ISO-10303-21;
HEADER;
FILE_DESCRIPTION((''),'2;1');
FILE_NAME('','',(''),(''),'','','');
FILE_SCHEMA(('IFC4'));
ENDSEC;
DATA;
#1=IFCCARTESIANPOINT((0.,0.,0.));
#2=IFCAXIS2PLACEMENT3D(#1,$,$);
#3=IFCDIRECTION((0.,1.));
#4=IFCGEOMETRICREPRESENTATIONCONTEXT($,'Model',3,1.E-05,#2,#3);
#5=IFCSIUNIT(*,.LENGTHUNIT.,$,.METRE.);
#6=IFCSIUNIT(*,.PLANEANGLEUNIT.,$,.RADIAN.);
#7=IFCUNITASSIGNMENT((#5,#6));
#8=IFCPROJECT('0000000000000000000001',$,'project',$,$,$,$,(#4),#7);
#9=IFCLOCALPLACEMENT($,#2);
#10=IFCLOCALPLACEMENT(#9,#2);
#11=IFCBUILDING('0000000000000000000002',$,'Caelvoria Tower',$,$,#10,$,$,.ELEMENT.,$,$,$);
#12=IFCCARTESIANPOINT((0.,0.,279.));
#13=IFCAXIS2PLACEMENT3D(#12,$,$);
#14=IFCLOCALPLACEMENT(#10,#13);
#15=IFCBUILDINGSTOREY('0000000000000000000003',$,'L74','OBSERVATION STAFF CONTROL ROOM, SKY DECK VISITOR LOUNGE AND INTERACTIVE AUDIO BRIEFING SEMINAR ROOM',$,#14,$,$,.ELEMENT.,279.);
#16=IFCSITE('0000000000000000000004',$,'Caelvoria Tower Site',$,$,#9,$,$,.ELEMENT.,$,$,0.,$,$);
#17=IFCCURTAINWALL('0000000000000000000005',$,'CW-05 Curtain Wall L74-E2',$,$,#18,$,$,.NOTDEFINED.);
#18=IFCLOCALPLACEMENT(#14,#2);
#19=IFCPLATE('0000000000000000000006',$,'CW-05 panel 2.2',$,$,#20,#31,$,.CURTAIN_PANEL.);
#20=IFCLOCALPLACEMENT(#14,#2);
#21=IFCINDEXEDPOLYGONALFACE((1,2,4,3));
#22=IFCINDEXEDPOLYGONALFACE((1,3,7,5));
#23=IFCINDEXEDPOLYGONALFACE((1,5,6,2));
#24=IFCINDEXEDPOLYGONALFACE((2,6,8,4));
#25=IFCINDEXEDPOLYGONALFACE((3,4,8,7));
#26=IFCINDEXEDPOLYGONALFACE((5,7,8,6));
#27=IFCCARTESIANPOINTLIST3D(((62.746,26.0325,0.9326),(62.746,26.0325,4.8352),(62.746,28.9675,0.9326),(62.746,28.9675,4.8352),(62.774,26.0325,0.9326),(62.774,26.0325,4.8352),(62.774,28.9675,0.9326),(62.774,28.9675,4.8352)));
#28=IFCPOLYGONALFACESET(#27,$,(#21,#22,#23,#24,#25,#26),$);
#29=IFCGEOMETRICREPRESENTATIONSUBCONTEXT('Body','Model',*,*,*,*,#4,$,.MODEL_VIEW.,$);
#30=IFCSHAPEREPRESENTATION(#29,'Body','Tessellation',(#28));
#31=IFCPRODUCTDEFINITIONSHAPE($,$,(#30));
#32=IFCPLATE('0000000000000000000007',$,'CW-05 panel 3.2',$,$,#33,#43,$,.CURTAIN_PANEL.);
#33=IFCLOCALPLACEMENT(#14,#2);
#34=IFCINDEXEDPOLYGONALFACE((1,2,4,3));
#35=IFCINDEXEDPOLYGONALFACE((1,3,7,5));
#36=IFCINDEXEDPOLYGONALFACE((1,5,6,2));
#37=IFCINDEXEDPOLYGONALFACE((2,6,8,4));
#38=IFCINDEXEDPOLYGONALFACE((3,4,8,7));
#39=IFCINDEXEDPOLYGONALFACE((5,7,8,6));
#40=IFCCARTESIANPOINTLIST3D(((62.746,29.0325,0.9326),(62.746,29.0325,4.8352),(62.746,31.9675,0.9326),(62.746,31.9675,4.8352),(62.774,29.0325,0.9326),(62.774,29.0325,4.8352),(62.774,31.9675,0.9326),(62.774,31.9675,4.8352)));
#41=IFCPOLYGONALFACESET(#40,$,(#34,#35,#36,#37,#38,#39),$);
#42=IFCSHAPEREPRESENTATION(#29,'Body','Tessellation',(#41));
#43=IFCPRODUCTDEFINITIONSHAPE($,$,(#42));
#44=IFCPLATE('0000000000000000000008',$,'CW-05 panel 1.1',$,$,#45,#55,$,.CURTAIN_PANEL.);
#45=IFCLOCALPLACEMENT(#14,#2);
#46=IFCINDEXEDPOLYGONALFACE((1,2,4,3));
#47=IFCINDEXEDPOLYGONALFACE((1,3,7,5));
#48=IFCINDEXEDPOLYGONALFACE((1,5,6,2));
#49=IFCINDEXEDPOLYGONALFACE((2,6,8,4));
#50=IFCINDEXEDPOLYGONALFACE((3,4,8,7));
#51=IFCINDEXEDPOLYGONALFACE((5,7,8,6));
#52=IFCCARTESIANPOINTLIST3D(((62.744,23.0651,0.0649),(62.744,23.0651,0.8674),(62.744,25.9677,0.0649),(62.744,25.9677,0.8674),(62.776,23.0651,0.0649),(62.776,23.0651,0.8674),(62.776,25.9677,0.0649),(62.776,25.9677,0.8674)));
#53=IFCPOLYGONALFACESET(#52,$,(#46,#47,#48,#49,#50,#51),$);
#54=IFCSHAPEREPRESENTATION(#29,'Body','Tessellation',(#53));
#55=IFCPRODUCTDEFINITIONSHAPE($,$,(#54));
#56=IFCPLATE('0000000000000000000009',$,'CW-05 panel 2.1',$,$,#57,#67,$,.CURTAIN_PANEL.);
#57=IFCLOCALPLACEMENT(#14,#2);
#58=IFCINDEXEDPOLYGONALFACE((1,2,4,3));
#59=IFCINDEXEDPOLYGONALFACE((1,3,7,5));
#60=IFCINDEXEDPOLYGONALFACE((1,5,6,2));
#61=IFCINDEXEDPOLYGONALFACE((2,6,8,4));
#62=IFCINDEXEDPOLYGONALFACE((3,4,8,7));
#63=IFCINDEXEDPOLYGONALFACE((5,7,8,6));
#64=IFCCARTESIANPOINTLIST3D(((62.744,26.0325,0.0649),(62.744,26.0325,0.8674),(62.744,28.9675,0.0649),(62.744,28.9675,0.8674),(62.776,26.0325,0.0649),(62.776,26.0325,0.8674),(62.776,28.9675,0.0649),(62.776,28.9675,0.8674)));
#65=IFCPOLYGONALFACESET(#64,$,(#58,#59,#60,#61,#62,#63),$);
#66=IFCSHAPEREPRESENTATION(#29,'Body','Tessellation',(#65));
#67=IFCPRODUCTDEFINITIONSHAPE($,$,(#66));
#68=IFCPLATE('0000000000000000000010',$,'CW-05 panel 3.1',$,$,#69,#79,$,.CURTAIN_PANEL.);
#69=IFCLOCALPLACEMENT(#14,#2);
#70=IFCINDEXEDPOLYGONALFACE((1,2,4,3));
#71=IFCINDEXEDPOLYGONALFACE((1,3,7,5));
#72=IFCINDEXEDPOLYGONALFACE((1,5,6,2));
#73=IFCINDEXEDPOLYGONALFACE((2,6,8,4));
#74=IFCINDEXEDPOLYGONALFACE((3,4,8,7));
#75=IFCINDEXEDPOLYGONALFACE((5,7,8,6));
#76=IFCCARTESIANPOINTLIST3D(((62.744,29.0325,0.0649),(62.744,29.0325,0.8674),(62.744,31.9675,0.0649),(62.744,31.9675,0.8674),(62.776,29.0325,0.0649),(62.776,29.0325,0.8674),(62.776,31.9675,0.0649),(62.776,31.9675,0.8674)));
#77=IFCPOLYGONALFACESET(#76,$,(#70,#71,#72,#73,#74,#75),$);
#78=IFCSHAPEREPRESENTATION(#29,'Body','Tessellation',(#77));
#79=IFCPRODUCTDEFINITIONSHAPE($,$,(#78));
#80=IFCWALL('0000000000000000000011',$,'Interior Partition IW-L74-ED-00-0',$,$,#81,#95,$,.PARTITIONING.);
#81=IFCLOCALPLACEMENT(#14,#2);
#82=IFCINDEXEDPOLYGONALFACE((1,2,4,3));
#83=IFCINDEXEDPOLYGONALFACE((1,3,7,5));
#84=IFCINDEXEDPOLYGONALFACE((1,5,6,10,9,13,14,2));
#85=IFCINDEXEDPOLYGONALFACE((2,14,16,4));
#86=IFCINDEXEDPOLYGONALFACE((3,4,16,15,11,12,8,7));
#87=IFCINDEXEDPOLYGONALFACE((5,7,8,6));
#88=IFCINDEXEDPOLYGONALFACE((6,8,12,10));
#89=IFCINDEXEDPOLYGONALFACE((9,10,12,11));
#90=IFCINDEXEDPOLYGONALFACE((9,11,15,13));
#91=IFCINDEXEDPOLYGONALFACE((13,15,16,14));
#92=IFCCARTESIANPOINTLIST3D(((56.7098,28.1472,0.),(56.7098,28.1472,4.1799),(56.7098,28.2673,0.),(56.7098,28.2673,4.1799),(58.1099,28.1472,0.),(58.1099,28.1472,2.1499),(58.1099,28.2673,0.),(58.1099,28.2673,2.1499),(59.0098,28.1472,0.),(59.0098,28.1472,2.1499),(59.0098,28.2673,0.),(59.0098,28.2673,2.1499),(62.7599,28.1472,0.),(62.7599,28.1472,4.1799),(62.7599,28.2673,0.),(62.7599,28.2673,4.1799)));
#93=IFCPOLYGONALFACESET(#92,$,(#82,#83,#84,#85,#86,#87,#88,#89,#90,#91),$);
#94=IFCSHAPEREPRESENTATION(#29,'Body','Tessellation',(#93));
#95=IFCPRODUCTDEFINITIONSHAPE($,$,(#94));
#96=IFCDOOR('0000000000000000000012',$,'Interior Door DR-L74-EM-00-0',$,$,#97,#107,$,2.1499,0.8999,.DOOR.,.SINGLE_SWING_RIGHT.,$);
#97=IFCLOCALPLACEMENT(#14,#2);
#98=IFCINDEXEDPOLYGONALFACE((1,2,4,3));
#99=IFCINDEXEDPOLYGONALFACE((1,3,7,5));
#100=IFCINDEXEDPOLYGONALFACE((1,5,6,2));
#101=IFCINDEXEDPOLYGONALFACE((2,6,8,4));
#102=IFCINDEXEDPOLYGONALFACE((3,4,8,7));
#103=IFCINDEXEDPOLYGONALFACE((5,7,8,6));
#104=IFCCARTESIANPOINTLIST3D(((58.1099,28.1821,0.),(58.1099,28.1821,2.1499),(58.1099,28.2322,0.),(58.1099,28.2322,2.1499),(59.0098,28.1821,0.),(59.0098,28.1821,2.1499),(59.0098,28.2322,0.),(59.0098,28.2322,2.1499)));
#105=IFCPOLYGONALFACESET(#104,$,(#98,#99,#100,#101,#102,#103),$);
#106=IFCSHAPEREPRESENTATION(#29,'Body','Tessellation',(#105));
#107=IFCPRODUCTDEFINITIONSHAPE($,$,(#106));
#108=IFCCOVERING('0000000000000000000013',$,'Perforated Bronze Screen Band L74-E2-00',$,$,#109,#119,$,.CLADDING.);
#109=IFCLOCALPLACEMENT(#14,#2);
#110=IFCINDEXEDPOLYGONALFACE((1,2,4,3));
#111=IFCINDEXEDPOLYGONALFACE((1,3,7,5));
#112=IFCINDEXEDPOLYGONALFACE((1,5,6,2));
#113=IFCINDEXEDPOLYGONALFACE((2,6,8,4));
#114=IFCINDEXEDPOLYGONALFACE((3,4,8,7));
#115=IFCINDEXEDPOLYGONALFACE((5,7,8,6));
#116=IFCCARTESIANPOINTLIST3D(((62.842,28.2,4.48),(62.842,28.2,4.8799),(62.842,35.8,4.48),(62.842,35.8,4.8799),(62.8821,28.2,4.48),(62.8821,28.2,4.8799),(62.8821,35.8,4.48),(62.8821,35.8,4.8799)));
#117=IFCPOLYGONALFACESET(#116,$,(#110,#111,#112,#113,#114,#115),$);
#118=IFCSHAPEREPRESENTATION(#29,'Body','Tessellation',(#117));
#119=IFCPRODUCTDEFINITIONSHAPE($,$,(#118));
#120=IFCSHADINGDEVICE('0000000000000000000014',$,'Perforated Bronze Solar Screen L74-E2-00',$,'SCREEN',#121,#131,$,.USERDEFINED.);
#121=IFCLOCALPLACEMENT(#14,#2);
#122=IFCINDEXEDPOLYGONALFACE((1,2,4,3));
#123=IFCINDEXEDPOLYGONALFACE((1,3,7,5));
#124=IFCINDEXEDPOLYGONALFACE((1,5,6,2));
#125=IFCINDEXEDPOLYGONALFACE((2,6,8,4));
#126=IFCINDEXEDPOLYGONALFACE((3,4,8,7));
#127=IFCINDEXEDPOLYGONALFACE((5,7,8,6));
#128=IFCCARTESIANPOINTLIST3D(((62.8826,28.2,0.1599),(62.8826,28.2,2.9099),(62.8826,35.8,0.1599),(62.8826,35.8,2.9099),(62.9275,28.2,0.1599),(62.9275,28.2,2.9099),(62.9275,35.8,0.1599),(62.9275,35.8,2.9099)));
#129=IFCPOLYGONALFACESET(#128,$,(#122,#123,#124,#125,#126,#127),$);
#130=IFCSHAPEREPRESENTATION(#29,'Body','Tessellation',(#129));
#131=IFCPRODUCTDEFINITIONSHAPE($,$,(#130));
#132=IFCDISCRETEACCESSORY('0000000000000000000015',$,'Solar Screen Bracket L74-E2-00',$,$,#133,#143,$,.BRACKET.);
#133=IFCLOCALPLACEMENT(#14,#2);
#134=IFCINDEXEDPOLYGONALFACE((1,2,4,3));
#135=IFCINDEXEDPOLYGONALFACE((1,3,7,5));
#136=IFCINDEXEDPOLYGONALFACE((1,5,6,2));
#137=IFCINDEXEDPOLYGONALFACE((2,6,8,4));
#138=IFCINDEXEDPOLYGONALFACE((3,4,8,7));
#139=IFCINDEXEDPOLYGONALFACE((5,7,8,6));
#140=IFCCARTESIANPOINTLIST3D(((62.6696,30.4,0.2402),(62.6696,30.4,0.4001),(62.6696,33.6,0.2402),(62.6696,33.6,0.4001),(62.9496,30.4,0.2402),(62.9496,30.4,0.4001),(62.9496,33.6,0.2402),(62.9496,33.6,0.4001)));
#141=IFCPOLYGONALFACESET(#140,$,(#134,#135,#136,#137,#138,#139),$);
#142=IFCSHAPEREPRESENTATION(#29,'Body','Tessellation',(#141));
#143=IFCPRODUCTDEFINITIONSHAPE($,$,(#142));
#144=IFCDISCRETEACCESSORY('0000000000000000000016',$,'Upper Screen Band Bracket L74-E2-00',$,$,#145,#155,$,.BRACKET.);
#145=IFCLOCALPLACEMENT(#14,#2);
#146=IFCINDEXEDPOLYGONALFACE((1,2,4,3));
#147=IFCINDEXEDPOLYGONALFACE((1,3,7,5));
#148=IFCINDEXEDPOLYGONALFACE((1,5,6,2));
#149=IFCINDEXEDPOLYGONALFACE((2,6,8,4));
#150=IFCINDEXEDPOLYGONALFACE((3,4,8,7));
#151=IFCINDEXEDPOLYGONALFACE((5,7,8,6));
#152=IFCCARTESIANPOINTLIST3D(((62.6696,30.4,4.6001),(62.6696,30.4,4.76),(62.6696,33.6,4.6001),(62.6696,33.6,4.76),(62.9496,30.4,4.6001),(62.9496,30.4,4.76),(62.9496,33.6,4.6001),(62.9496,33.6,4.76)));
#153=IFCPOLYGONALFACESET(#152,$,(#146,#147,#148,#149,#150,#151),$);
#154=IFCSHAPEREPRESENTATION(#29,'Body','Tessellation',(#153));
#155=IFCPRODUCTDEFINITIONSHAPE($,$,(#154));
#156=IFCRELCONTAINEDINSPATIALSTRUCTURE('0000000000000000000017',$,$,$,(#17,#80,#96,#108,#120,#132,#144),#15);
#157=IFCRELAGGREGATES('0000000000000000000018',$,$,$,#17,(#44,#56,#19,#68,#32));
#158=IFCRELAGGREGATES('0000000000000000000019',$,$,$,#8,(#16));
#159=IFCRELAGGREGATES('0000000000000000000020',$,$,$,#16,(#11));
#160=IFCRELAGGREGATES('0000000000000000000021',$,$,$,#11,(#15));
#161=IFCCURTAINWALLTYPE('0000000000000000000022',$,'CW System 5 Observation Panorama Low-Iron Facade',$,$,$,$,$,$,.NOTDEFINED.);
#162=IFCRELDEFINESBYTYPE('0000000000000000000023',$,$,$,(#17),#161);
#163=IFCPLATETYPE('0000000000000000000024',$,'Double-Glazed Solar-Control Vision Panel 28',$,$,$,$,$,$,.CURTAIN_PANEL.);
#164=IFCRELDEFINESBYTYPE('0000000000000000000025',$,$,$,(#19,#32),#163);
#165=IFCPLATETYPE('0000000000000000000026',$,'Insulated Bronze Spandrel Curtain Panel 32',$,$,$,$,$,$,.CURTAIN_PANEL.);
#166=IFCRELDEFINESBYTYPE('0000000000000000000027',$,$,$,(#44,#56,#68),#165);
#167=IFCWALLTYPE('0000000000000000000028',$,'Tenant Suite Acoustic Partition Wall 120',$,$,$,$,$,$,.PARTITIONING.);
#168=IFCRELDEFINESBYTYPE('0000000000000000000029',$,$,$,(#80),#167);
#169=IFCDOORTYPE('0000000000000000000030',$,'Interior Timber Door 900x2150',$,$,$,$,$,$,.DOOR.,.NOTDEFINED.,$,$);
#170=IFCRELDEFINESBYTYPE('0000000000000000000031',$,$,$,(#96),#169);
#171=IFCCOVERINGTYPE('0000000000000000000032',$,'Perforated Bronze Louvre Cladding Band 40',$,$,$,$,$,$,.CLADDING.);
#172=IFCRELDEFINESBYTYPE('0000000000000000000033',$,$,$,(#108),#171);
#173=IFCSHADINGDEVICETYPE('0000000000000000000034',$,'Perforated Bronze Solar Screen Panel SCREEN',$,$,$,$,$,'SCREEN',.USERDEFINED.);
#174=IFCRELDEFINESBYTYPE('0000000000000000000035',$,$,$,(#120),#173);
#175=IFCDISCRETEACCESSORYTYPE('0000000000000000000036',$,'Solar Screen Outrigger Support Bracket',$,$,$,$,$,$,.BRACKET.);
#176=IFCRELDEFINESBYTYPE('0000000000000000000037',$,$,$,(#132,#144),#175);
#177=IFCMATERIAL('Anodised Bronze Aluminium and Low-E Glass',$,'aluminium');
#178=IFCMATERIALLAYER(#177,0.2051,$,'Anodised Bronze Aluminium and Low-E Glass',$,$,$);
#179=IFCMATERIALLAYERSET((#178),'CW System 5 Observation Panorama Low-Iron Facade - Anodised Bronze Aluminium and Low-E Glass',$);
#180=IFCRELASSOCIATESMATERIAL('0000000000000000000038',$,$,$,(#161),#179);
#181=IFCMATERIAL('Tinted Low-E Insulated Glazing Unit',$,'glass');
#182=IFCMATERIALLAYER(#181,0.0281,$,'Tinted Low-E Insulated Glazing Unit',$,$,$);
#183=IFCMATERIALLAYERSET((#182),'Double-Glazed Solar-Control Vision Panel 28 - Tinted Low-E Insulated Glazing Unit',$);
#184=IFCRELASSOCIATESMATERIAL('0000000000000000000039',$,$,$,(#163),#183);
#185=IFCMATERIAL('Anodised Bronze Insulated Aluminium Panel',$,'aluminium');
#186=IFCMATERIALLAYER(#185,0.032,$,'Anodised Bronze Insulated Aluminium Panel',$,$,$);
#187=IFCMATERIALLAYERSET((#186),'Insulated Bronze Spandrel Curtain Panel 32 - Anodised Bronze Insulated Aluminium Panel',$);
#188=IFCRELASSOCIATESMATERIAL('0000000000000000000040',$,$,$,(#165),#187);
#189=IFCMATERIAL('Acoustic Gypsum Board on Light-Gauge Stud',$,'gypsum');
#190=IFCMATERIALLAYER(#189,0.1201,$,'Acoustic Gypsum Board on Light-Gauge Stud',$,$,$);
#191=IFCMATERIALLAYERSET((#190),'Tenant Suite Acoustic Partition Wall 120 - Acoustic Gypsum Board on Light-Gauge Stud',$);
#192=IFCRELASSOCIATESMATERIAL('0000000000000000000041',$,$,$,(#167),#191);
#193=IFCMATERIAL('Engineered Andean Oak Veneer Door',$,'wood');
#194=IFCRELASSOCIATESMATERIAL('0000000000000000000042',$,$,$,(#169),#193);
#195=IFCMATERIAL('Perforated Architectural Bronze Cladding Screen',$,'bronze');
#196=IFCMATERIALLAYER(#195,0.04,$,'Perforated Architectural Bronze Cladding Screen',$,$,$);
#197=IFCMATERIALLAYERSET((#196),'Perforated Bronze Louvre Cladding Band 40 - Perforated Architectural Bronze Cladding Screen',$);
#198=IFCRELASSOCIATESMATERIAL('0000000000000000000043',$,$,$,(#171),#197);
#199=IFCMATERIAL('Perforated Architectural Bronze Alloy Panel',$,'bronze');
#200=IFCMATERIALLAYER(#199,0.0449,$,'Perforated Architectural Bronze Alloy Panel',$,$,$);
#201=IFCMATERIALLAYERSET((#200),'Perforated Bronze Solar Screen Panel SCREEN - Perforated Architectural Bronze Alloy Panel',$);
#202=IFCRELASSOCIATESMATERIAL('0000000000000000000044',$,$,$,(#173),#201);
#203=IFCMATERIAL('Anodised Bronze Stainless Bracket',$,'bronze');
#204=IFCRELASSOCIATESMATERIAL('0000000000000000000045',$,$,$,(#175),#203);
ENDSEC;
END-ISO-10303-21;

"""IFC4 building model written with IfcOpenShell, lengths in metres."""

from ifc_helpers import new_model, si_unit, direction, frame, frame_2d, origin, origin_2d, place, context, subcontext, project, spatial, rectangle, extrude, material, layer, layer_set, type_object, element, fill, aggregate, save


model = new_model("IFC4")

# Units and contexts
model_context = context("Model", 3, precision=1e-05, world=origin(), true_north=direction((0.0, 1.0)))
body_context = subcontext(model_context, "Body", "Model", "MODEL_VIEW")
ifc_project = project(units=[si_unit("LENGTHUNIT", "METRE"), si_unit("PLANEANGLEUNIT", "RADIAN")], contexts=[model_context])

# Site, building, storey
site_placement = place(None, origin())
site = spatial("IfcSite", under=ifc_project, at=site_placement, Name="Caelvoria Tower Site", CompositionType="ELEMENT", RefElevation=0.0)
building_placement = place(site_placement, origin())
building = spatial("IfcBuilding", under=site, at=building_placement, Name="Caelvoria Tower", CompositionType="ELEMENT")
storey_placement = place(building_placement, frame((0.0, 0.0, 279.0)))
storey = spatial("IfcBuildingStorey", under=building, at=storey_placement, Name="L74", Description="OBSERVATION STAFF CONTROL ROOM, SKY DECK VISITOR LOUNGE AND INTERACTIVE AUDIO BRIEFING SEMINAR ROOM", CompositionType="ELEMENT", Elevation=279.0)

# Shared definitions
ifc_material_1 = material(Name="Anodised Bronze Aluminium and Low-E Glass", Category="aluminium")
ifc_layer_1 = layer(ifc_material_1, 0.2051, Name="Anodised Bronze Aluminium and Low-E Glass")
ifc_layer_set_1 = layer_set([ifc_layer_1], Name="CW System 5 Observation Panorama Low-Iron Facade - Anodised Bronze Aluminium and Low-E Glass")
curtain_wall_type = type_object("IfcCurtainWallType", Name="CW System 5 Observation Panorama Low-Iron Facade", PredefinedType="NOTDEFINED", material=ifc_layer_set_1)

# Curtain wall
curtain_wall_1_placement = place(storey_placement, origin())
curtain_wall_1 = element("IfcCurtainWall", 1, at=curtain_wall_1_placement, inside=storey, type_object=curtain_wall_type, Name="CW-05 Curtain Wall L74-E2", PredefinedType="NOTDEFINED")

# Plates
ifc_material_2 = material(Name="Tinted Low-E Insulated Glazing Unit", Category="glass")
ifc_layer_2 = layer(ifc_material_2, 0.0281, Name="Tinted Low-E Insulated Glazing Unit")
ifc_layer_set_2 = layer_set([ifc_layer_2], Name="Double-Glazed Solar-Control Vision Panel 28 - Tinted Low-E Insulated Glazing Unit")
plate_type_1 = type_object("IfcPlateType", Name="Double-Glazed Solar-Control Vision Panel 28", PredefinedType="CURTAIN_PANEL", material=ifc_layer_set_2)
plate_1_placement = place(storey_placement, frame((62.76, 27.5, 0.9326), z_axis=(0.0, 0.0, 1.0), x_axis=(0.0, 1.0, 0.0)))
plate_1 = element("IfcPlate", 2, at=plate_1_placement, type_object=plate_type_1, Name="CW-05 panel 2.2", PredefinedType="CURTAIN_PANEL", context=body_context, shape_type="SweptSolid", body=[
    extrude(rectangle(XDim=2.9351, YDim=0.0281, at=origin_2d()), origin(), (0.0, 0.0, 1.0), 3.9026),
])
plate_2_placement = place(storey_placement, frame((62.76, 30.5, 0.9326), z_axis=(0.0, 0.0, 1.0), x_axis=(0.0, 1.0, 0.0)))
plate_2 = element("IfcPlate", 3, at=plate_2_placement, type_object=plate_type_1, Name="CW-05 panel 3.2", PredefinedType="CURTAIN_PANEL", context=body_context, shape_type="SweptSolid", body=[
    extrude(rectangle(XDim=2.9351, YDim=0.0281, at=origin_2d()), origin(), (0.0, 0.0, 1.0), 3.9026),
])
ifc_material_3 = material(Name="Anodised Bronze Insulated Aluminium Panel", Category="aluminium")
ifc_layer_3 = layer(ifc_material_3, 0.032, Name="Anodised Bronze Insulated Aluminium Panel")
ifc_layer_set_3 = layer_set([ifc_layer_3], Name="Insulated Bronze Spandrel Curtain Panel 32 - Anodised Bronze Insulated Aluminium Panel")
plate_type_2 = type_object("IfcPlateType", Name="Insulated Bronze Spandrel Curtain Panel 32", PredefinedType="CURTAIN_PANEL", material=ifc_layer_set_3)
plate_3_placement = place(storey_placement, frame((62.76, 24.5164, 0.0649), z_axis=(0.0, 0.0, 1.0), x_axis=(0.0, 1.0, 0.0)))
plate_3 = element("IfcPlate", 4, at=plate_3_placement, type_object=plate_type_2, Name="CW-05 panel 1.1", PredefinedType="CURTAIN_PANEL", context=body_context, shape_type="SweptSolid", body=[
    extrude(rectangle(XDim=2.9026, YDim=0.032, at=origin_2d()), origin(), (0.0, 0.0, 1.0), 0.8025),
])
plate_4_placement = place(storey_placement, frame((62.76, 27.5, 0.0649), z_axis=(0.0, 0.0, 1.0), x_axis=(0.0, 1.0, 0.0)))
plate_4 = element("IfcPlate", 5, at=plate_4_placement, type_object=plate_type_2, Name="CW-05 panel 2.1", PredefinedType="CURTAIN_PANEL", context=body_context, shape_type="SweptSolid", body=[
    extrude(rectangle(XDim=2.9351, YDim=0.032, at=origin_2d()), origin(), (0.0, 0.0, 1.0), 0.8025),
])
plate_5_placement = place(storey_placement, frame((62.76, 30.5, 0.0649), z_axis=(0.0, 0.0, 1.0), x_axis=(0.0, 1.0, 0.0)))
plate_5 = element("IfcPlate", 6, at=plate_5_placement, type_object=plate_type_2, Name="CW-05 panel 3.1", PredefinedType="CURTAIN_PANEL", context=body_context, shape_type="SweptSolid", body=[
    extrude(rectangle(XDim=2.9351, YDim=0.032, at=origin_2d()), origin(), (0.0, 0.0, 1.0), 0.8025),
])
aggregate(curtain_wall_1, [plate_3, plate_4, plate_1, plate_5, plate_2])

# Wall, opening, door
ifc_material_4 = material(Name="Acoustic Gypsum Board on Light-Gauge Stud", Category="gypsum")
ifc_layer_4 = layer(ifc_material_4, 0.1201, Name="Acoustic Gypsum Board on Light-Gauge Stud")
ifc_layer_set_4 = layer_set([ifc_layer_4], Name="Tenant Suite Acoustic Partition Wall 120 - Acoustic Gypsum Board on Light-Gauge Stud")
wall_type = type_object("IfcWallType", Name="Tenant Suite Acoustic Partition Wall 120", PredefinedType="PARTITIONING", material=ifc_layer_set_4)
wall_placement = place(storey_placement, frame((56.71, 28.2073, 0.0), z_axis=(0.0, 0.0, 1.0), x_axis=(1.0, 0.0, 0.0)))
wall = element("IfcWall", 7, at=wall_placement, inside=storey, type_object=wall_type, Name="Interior Partition IW-L74-ED-00-0", PredefinedType="PARTITIONING", context=body_context, shape_type="SweptSolid", body=[
    extrude(rectangle(XDim=6.05, YDim=0.1201, at=frame_2d((3.0249, 0.0))), origin(), (0.0, 0.0, 1.0), 4.1799),
])
opening_placement = place(wall_placement, frame((1.3999, 0.0, 0.0)))
opening = element("IfcOpeningElement", 8, at=opening_placement, cuts=wall, PredefinedType="OPENING", context=body_context, shape_type="SweptSolid", body=[
    extrude(rectangle(XDim=0.8999, YDim=2.1499, at=frame_2d((0.45, 1.075))), frame((0.0, 0.0701, 0.0), z_axis=(0.0, -1.0, 0.0), x_axis=(1.0, 0.0, 0.0)), (0.0, 0.0, 1.0), 0.1401),
])
ifc_material_5 = material(Name="Engineered Andean Oak Veneer Door", Category="wood")
door_type = type_object("IfcDoorType", Name="Interior Timber Door 900x2150", OperationType="NOTDEFINED", PredefinedType="DOOR", material=ifc_material_5)
door_placement = place(opening_placement, origin())
door = element("IfcDoor", 9, at=door_placement, inside=storey, type_object=door_type, Name="Interior Door DR-L74-EM-00-0", OperationType="SINGLE_SWING_RIGHT", OverallHeight=2.1499, OverallWidth=0.8999, PredefinedType="DOOR", context=body_context, shape_type="SweptSolid", body=[
    extrude(rectangle(XDim=0.8999, YDim=2.1499, at=frame_2d((0.45, 1.075))), frame((0.0, 0.0249, 0.0), z_axis=(0.0, -1.0, 0.0), x_axis=(1.0, 0.0, 0.0)), (0.0, 0.0, 1.0), 0.05),
])
fill(opening, door)

# Covering
ifc_material_6 = material(Name="Perforated Architectural Bronze Cladding Screen", Category="bronze")
ifc_layer_5 = layer(ifc_material_6, 0.04, Name="Perforated Architectural Bronze Cladding Screen")
ifc_layer_set_5 = layer_set([ifc_layer_5], Name="Perforated Bronze Louvre Cladding Band 40 - Perforated Architectural Bronze Cladding Screen")
covering_type = type_object("IfcCoveringType", Name="Perforated Bronze Louvre Cladding Band 40", PredefinedType="CLADDING", material=ifc_layer_set_5)
covering_placement = place(storey_placement, frame((62.8621, 32.0, 4.48), z_axis=(0.0, 0.0, 1.0), x_axis=(0.0, 1.0, 0.0)))
element("IfcCovering", 10, at=covering_placement, inside=storey, type_object=covering_type, Name="Perforated Bronze Screen Band L74-E2-00", PredefinedType="CLADDING", context=body_context, shape_type="SweptSolid", body=[
    extrude(rectangle(XDim=7.6001, YDim=0.04, at=origin_2d()), origin(), (0.0, 0.0, 1.0), 0.3999),
])

# Shading device
ifc_material_7 = material(Name="Perforated Architectural Bronze Alloy Panel", Category="bronze")
ifc_layer_6 = layer(ifc_material_7, 0.0449, Name="Perforated Architectural Bronze Alloy Panel")
ifc_layer_set_6 = layer_set([ifc_layer_6], Name="Perforated Bronze Solar Screen Panel SCREEN - Perforated Architectural Bronze Alloy Panel")
shading_device_type = type_object("IfcShadingDeviceType", Name="Perforated Bronze Solar Screen Panel SCREEN", ElementType="SCREEN", PredefinedType="USERDEFINED", material=ifc_layer_set_6)
shading_device_placement = place(storey_placement, frame((62.905, 32.0, 0.1599), z_axis=(0.0, 0.0, 1.0), x_axis=(0.0, 1.0, 0.0)))
element("IfcShadingDevice", 11, at=shading_device_placement, inside=storey, type_object=shading_device_type, Name="Perforated Bronze Solar Screen L74-E2-00", ObjectType="SCREEN", PredefinedType="USERDEFINED", context=body_context, shape_type="SweptSolid", body=[
    extrude(rectangle(XDim=7.6001, YDim=0.0449, at=origin_2d()), origin(), (0.0, 0.0, 1.0), 2.75),
])

# Discrete accessories
ifc_material_8 = material(Name="Anodised Bronze Stainless Bracket", Category="bronze")
discrete_accessory_type = type_object("IfcDiscreteAccessoryType", Name="Solar Screen Outrigger Support Bracket", PredefinedType="BRACKET", material=ifc_material_8)
for number, where, z_axis, x_axis, name in (
    (12, (62.8096, 32.0, 0.2402), (0.0, 0.0, 1.0), (0.0, 1.0, 0.0), "Solar Screen Bracket L74-E2-00"),
    (13, (62.8096, 32.0, 4.6001), (0.0, 0.0, 1.0), (0.0, 1.0, 0.0), "Upper Screen Band Bracket L74-E2-00"),
):
    element("IfcDiscreteAccessory", number, at=place(storey_placement, frame(where, z_axis=z_axis, x_axis=x_axis)), inside=storey, type_object=discrete_accessory_type, Name=name, PredefinedType="BRACKET", context=body_context, shape_type="SweptSolid", body=[
        extrude(rectangle(XDim=3.2, YDim=0.28, at=origin_2d()), origin(), (0.0, 0.0, 1.0), 0.1599),
    ])

save(model, "model.ifc")
